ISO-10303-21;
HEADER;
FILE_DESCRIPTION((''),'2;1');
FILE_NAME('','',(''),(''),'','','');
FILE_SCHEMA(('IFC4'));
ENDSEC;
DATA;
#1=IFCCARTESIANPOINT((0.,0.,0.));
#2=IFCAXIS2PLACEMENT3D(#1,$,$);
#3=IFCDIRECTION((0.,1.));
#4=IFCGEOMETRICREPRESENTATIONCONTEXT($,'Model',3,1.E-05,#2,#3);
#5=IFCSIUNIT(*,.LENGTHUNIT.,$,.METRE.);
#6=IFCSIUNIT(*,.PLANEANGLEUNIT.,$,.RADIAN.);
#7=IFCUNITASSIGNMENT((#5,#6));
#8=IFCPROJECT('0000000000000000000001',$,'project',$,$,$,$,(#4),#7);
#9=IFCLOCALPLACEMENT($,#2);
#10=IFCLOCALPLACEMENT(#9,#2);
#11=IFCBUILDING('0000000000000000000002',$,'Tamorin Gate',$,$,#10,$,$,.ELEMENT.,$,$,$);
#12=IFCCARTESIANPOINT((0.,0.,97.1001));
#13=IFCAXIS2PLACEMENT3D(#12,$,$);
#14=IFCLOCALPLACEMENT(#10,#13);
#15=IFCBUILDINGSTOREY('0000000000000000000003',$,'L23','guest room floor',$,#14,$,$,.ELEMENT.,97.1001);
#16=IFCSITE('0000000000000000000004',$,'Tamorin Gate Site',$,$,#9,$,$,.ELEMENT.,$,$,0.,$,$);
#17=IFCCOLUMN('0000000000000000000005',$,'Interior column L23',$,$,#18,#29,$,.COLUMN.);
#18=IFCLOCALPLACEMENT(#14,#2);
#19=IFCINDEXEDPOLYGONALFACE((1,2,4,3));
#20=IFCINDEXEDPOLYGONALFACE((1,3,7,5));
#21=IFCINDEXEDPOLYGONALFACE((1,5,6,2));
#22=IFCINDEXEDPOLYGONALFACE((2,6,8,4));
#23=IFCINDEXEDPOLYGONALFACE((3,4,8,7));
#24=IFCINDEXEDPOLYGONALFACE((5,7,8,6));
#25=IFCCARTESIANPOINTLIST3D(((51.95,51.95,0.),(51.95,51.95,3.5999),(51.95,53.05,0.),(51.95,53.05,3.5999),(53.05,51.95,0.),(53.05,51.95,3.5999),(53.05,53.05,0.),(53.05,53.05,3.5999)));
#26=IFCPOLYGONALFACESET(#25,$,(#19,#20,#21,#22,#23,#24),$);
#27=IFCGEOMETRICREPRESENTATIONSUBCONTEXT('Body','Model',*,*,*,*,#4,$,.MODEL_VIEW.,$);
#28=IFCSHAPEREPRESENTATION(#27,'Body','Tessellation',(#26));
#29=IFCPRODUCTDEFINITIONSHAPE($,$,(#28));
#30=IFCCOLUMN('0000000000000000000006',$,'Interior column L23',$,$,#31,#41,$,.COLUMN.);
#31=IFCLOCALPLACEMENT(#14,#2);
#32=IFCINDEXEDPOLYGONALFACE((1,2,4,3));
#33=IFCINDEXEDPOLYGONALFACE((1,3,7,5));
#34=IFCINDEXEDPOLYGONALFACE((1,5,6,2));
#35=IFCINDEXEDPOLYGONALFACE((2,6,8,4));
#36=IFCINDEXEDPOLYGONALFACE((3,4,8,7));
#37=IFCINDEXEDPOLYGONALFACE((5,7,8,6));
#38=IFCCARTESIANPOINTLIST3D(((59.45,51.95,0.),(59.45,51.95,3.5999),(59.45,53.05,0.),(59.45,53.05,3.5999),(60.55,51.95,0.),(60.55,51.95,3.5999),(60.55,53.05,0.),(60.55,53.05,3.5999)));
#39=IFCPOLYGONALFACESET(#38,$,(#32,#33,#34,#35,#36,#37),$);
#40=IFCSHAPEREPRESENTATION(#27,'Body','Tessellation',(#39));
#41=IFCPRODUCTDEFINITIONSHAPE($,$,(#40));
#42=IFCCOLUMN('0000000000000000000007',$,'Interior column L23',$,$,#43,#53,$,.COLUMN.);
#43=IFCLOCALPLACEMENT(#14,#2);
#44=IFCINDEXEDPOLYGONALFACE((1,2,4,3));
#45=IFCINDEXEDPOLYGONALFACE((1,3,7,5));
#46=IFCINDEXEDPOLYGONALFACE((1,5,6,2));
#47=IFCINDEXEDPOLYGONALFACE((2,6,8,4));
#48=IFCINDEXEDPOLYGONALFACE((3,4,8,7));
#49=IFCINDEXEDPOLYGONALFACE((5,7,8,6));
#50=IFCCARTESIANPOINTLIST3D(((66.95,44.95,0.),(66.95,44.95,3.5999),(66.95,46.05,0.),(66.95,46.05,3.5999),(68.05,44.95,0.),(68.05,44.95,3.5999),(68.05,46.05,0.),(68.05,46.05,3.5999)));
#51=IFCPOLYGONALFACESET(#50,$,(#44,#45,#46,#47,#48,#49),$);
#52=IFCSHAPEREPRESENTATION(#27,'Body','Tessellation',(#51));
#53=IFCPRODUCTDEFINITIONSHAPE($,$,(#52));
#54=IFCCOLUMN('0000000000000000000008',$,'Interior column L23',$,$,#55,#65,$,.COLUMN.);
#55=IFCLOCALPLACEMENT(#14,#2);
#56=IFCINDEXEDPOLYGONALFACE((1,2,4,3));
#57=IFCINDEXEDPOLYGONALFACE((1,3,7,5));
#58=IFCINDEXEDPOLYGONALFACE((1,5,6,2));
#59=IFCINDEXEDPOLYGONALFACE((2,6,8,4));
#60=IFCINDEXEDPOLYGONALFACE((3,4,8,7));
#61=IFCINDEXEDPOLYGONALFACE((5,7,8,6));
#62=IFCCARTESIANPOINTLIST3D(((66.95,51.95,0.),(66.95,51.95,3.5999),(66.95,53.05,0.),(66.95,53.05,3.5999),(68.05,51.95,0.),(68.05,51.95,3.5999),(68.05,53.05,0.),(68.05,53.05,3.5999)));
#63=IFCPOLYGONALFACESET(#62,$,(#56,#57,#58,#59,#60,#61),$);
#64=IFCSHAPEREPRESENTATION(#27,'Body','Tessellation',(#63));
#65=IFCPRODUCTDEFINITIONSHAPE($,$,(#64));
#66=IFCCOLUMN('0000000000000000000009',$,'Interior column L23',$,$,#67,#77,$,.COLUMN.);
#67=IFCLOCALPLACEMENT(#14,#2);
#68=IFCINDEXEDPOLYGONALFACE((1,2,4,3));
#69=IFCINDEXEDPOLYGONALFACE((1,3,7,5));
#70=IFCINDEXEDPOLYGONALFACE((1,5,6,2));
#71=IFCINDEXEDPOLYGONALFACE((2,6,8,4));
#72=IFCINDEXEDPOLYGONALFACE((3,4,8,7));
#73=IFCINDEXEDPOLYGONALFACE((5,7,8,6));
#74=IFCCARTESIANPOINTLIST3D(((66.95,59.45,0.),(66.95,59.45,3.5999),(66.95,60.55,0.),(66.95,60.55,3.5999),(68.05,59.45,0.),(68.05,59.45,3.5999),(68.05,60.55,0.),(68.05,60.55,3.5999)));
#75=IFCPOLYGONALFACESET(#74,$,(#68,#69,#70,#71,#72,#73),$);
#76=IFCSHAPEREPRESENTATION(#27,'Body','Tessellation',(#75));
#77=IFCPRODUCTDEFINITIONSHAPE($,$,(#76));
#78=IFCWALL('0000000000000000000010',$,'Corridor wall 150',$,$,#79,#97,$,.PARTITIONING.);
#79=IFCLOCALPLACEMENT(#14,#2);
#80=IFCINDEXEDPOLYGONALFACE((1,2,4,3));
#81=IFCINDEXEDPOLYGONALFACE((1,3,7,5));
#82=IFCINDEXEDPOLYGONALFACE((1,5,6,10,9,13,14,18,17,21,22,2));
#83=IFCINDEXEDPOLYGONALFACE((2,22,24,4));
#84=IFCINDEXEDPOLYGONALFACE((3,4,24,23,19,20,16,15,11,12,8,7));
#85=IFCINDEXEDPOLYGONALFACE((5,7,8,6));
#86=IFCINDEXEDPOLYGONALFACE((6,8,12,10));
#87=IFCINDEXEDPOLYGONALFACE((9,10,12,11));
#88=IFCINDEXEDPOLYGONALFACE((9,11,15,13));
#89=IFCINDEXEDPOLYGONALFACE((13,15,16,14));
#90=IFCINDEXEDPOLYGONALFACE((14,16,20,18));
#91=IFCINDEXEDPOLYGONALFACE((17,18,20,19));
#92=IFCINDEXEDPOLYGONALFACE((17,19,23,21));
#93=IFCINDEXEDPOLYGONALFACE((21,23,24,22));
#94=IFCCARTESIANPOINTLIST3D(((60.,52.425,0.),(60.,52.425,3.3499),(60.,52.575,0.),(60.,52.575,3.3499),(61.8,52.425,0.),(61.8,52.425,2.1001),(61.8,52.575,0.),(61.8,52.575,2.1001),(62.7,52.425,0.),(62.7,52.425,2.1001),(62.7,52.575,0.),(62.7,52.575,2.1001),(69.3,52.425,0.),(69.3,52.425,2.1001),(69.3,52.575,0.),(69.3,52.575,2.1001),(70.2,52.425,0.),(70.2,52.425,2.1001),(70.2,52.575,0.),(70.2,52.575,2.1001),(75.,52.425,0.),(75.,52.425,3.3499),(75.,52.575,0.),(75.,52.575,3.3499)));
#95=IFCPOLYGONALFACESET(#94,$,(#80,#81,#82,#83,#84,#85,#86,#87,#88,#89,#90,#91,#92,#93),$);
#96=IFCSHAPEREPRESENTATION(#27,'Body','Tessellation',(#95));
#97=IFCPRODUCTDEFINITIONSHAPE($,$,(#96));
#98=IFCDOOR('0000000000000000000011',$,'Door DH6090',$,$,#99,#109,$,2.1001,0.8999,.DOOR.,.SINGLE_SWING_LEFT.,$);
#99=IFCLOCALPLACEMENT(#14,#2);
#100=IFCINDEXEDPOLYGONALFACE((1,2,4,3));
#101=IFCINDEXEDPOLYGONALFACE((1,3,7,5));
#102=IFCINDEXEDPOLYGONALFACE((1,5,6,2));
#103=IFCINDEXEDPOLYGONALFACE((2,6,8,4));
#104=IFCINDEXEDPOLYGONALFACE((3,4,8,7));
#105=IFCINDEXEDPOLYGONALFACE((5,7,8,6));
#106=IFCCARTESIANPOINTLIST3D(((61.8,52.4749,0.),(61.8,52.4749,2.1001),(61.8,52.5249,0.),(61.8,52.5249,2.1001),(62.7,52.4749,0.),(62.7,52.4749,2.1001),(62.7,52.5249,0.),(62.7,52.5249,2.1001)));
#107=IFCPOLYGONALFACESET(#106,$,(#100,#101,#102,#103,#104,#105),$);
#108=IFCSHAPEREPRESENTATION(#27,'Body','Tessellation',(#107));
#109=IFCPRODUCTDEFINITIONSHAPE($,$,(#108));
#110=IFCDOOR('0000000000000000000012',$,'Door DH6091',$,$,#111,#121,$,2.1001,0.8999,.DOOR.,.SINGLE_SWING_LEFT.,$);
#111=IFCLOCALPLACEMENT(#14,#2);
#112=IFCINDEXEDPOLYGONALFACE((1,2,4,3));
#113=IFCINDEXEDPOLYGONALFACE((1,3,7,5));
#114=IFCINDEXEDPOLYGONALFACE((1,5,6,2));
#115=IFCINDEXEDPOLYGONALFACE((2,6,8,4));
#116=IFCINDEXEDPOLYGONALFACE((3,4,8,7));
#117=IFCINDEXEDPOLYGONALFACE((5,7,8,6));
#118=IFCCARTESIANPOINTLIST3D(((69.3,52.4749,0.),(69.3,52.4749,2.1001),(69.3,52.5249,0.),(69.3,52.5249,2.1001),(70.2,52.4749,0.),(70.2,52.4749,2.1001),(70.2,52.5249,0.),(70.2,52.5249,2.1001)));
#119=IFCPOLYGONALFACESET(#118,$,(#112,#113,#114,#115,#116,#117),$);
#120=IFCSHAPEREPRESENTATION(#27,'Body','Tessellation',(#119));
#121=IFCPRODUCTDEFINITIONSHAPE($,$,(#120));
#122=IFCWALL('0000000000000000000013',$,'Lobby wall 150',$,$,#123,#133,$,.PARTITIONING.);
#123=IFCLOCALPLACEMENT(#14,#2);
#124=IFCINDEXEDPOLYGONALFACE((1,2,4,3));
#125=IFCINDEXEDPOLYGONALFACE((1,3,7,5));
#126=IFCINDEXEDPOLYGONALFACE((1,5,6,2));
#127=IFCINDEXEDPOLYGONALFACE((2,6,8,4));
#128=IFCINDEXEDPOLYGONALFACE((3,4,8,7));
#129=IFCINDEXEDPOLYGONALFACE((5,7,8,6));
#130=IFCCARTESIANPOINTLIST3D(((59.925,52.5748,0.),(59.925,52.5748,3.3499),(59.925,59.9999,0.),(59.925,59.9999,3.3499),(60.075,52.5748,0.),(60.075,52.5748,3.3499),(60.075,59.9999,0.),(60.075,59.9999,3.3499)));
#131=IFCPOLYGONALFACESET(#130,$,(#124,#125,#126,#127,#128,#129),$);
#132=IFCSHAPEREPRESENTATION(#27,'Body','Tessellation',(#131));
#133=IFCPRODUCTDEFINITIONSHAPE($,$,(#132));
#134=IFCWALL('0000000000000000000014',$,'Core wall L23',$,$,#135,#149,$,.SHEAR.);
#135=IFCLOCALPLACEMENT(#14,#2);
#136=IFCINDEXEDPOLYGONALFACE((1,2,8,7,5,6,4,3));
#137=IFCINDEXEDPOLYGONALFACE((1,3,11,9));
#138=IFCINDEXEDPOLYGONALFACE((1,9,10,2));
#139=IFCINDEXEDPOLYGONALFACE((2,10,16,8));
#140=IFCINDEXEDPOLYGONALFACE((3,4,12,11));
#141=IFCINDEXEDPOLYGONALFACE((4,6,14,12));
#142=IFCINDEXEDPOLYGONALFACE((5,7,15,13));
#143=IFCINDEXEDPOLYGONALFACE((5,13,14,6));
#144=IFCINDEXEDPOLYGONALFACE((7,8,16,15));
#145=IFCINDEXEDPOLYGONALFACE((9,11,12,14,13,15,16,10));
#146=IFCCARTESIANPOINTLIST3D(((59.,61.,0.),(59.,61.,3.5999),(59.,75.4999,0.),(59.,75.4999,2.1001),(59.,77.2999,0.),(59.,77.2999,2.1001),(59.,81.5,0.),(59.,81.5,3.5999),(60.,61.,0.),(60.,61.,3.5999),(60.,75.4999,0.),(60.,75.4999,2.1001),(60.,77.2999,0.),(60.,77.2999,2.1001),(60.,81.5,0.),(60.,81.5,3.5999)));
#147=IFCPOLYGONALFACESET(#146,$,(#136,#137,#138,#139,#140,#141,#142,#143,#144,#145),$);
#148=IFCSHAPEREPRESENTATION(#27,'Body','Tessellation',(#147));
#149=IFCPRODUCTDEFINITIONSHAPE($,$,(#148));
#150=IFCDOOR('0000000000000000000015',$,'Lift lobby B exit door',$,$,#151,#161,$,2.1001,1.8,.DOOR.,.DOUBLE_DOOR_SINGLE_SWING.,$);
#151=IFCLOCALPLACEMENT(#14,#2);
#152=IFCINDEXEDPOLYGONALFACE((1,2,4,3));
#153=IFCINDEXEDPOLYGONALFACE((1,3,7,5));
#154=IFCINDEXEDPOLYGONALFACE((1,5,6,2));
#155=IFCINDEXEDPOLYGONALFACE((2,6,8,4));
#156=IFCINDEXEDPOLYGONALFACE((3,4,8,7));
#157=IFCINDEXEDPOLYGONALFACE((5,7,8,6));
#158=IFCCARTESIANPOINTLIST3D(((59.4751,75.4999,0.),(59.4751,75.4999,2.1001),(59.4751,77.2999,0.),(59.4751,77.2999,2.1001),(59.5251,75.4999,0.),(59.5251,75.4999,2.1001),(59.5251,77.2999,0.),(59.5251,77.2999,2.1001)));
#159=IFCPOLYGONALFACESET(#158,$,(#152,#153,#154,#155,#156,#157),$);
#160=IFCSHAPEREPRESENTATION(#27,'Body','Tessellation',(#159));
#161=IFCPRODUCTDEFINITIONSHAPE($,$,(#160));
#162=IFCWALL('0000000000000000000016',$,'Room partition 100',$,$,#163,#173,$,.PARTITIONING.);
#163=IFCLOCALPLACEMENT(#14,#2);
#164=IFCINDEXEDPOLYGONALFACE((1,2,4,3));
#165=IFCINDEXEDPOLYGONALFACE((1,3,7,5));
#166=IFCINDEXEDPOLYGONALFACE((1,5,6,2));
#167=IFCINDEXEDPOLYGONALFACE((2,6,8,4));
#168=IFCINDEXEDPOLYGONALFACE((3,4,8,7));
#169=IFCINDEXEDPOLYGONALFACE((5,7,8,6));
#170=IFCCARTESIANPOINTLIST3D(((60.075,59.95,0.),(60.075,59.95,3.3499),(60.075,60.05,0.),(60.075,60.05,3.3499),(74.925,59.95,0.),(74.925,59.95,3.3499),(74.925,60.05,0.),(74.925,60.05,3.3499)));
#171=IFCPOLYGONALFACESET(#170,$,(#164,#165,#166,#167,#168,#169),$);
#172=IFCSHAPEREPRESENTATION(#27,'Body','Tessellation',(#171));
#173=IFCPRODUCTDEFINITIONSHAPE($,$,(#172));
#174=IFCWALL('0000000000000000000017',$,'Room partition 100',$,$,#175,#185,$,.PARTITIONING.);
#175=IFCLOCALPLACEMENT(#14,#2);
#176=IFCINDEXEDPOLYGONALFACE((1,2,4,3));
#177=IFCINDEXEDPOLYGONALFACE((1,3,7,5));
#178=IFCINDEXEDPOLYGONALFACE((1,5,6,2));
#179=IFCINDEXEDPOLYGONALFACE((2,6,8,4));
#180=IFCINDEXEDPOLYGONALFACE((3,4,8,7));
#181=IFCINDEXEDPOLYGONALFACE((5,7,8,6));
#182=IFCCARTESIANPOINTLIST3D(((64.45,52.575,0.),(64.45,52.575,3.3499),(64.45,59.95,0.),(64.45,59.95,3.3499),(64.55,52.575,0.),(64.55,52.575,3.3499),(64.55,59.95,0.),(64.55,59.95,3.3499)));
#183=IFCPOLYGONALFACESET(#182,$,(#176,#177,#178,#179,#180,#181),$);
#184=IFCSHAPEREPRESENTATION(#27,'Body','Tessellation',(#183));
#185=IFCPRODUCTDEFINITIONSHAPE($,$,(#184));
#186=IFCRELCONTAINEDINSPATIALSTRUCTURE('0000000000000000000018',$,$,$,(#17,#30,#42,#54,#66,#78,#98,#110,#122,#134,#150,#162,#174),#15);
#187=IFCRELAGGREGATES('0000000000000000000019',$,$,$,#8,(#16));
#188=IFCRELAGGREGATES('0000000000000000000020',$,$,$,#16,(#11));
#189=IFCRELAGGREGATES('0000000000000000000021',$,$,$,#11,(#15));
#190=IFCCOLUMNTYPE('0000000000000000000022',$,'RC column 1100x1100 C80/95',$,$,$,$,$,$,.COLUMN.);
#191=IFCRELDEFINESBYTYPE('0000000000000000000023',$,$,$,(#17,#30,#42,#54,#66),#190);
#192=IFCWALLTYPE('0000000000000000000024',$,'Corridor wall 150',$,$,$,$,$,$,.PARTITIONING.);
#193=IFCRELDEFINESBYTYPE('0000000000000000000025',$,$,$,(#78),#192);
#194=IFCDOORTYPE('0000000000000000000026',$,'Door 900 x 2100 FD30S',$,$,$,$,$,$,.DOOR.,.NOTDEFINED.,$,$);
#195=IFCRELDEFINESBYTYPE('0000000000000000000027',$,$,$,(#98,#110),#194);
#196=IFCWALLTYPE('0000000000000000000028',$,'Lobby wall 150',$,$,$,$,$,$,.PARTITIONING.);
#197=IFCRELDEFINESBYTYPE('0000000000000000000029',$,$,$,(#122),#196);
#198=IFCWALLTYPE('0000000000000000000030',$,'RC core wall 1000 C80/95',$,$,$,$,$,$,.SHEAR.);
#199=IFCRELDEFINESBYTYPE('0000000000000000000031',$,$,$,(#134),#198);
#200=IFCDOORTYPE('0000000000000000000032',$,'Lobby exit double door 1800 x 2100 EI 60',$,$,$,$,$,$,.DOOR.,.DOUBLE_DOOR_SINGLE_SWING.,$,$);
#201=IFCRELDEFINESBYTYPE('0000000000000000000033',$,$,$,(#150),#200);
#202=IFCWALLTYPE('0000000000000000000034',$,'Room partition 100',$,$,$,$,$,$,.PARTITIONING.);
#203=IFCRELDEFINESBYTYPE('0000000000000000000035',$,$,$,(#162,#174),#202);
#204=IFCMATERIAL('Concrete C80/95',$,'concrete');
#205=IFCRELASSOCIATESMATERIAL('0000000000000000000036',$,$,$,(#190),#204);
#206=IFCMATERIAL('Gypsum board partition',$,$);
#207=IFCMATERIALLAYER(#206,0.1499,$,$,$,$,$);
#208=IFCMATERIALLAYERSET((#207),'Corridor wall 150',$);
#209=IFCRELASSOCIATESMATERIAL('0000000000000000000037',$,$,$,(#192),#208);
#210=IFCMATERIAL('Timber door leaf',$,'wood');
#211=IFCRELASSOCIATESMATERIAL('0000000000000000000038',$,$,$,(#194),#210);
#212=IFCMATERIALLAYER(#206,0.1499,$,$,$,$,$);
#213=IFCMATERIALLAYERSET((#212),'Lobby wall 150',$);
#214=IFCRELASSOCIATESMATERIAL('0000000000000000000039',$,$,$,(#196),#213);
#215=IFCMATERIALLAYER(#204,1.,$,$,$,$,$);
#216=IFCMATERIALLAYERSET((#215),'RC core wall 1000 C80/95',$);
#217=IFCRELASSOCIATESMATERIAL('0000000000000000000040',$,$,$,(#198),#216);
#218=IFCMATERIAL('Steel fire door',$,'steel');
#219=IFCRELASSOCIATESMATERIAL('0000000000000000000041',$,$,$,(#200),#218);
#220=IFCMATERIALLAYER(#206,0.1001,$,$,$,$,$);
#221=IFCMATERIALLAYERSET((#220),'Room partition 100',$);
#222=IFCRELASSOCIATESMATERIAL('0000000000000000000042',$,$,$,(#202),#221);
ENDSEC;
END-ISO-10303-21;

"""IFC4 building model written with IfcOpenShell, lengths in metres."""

from ifc_helpers import new_model, si_unit, direction, frame, frame_2d, origin, origin_2d, place, context, subcontext, project, spatial, rectangle, extrude, material, layer, layer_set, material_profile, profile_set, type_object, element, fill, save


model = new_model("IFC4")

# Units and contexts
model_context = context("Model", 3, precision=1e-05, world=origin(), true_north=direction((0.0, 1.0)))
body_context = subcontext(model_context, "Body", "Model", "MODEL_VIEW")
ifc_project = project(units=[si_unit("LENGTHUNIT", "METRE"), si_unit("PLANEANGLEUNIT", "RADIAN")], contexts=[model_context])

# Site, building, storey
site_placement = place(None, origin())
site = spatial("IfcSite", under=ifc_project, at=site_placement, Name="Tamorin Gate Site", CompositionType="ELEMENT", RefElevation=0.0)
building_placement = place(site_placement, origin())
building = spatial("IfcBuilding", under=site, at=building_placement, Name="Tamorin Gate", CompositionType="ELEMENT")
storey_placement = place(building_placement, frame((0.0, 0.0, 97.1001)))
storey = spatial("IfcBuildingStorey", under=building, at=storey_placement, Name="L23", Description="guest room floor", CompositionType="ELEMENT", Elevation=97.1001)

# Columns
ifc_material_1 = material(Name="Concrete C80/95", Category="concrete")
ifc_material_profile = material_profile(ifc_material_1, rectangle(XDim=1.1001, YDim=1.1001, at=origin_2d()), Name="RC 1100x1100")
ifc_profile_set = profile_set([ifc_material_profile], Name="Concrete C80/95")
column_type = type_object("IfcColumnType", Name="RC column 1100x1100 C80/95", PredefinedType="COLUMN", material=ifc_profile_set)
for number, where, z_axis, x_axis, name in (
    (1, (52.5, 52.5, 0.0), (0.0, 0.0, 1.0), (1.0, 0.0, 0.0), "Interior column L23"),
    (2, (60.0, 52.5, 0.0), (0.0, 0.0, 1.0), (1.0, 0.0, 0.0), "Interior column L23"),
    (3, (67.5, 45.5, 0.0), (0.0, 0.0, 1.0), (1.0, 0.0, 0.0), "Interior column L23"),
    (4, (67.5, 52.5, 0.0), (0.0, 0.0, 1.0), (1.0, 0.0, 0.0), "Interior column L23"),
    (5, (67.5, 60.0, 0.0), (0.0, 0.0, 1.0), (1.0, 0.0, 0.0), "Interior column L23"),
):
    element("IfcColumn", number, at=place(storey_placement, frame(where, z_axis=z_axis, x_axis=x_axis)), inside=storey, type_object=column_type, Name=name, PredefinedType="COLUMN", context=body_context, shape_type="SweptSolid", body=[
        extrude(rectangle(XDim=1.1001, YDim=1.1001, at=origin_2d()), origin(), (0.0, 0.0, 1.0), 3.5999),
    ])

# Wall, openings, doors
ifc_material_2 = material(Name="Gypsum board partition")
ifc_layer_1 = layer(ifc_material_2, 0.1499)
ifc_layer_set_1 = layer_set([ifc_layer_1], Name="Corridor wall 150")
wall_type_1 = type_object("IfcWallType", Name="Corridor wall 150", PredefinedType="PARTITIONING", material=ifc_layer_set_1)
wall_1_placement = place(storey_placement, frame((60.0, 52.5, 0.0), z_axis=(0.0, 0.0, 1.0), x_axis=(1.0, 0.0, 0.0)))
wall_1 = element("IfcWall", 6, at=wall_1_placement, inside=storey, type_object=wall_type_1, Name="Corridor wall 150", PredefinedType="PARTITIONING", context=body_context, shape_type="SweptSolid", body=[
    extrude(rectangle(XDim=15.0, YDim=0.1499, at=frame_2d((7.5, 0.0))), origin(), (0.0, 0.0, 1.0), 3.3499),
])
opening_1_placement = place(wall_1_placement, frame((1.8, 0.0, 0.0)))
opening_1 = element("IfcOpeningElement", 7, at=opening_1_placement, cuts=wall_1, PredefinedType="OPENING", context=body_context, shape_type="SweptSolid", body=[
    extrude(rectangle(XDim=0.8999, YDim=2.1001, at=frame_2d((0.45, 1.05))), frame((0.0, 0.085, 0.0), z_axis=(0.0, -1.0, 0.0), x_axis=(1.0, 0.0, 0.0)), (0.0, 0.0, 1.0), 0.1699),
])
opening_2_placement = place(wall_1_placement, frame((9.3, 0.0, 0.0)))
opening_2 = element("IfcOpeningElement", 8, at=opening_2_placement, cuts=wall_1, PredefinedType="OPENING", context=body_context, shape_type="SweptSolid", body=[
    extrude(rectangle(XDim=0.8999, YDim=2.1001, at=frame_2d((0.45, 1.05))), frame((0.0, 0.085, 0.0), z_axis=(0.0, -1.0, 0.0), x_axis=(1.0, 0.0, 0.0)), (0.0, 0.0, 1.0), 0.1699),
])
ifc_material_3 = material(Name="Timber door leaf", Category="wood")
door_type_1 = type_object("IfcDoorType", Name="Door 900 x 2100 FD30S", OperationType="NOTDEFINED", PredefinedType="DOOR", material=ifc_material_3)
door_1_placement = place(opening_1_placement, origin())
door_1 = element("IfcDoor", 9, at=door_1_placement, inside=storey, type_object=door_type_1, Name="Door DH6090", OperationType="SINGLE_SWING_LEFT", OverallHeight=2.1001, OverallWidth=0.8999, PredefinedType="DOOR", context=body_context, shape_type="SweptSolid", body=[
    extrude(rectangle(XDim=0.8999, YDim=2.1001, at=frame_2d((0.45, 1.05))), frame((0.0, 0.0249, 0.0), z_axis=(0.0, -1.0, 0.0), x_axis=(1.0, 0.0, 0.0)), (0.0, 0.0, 1.0), 0.05),
])
fill(opening_1, door_1)
door_2_placement = place(opening_2_placement, origin())
door_2 = element("IfcDoor", 10, at=door_2_placement, inside=storey, type_object=door_type_1, Name="Door DH6091", OperationType="SINGLE_SWING_LEFT", OverallHeight=2.1001, OverallWidth=0.8999, PredefinedType="DOOR", context=body_context, shape_type="SweptSolid", body=[
    extrude(rectangle(XDim=0.8999, YDim=2.1001, at=frame_2d((0.45, 1.05))), frame((0.0, 0.0249, 0.0), z_axis=(0.0, -1.0, 0.0), x_axis=(1.0, 0.0, 0.0)), (0.0, 0.0, 1.0), 0.05),
])
fill(opening_2, door_2)

# Wall
ifc_layer_2 = layer(ifc_material_2, 0.1499)
ifc_layer_set_2 = layer_set([ifc_layer_2], Name="Lobby wall 150")
wall_type_2 = type_object("IfcWallType", Name="Lobby wall 150", PredefinedType="PARTITIONING", material=ifc_layer_set_2)
wall_2_placement = place(storey_placement, frame((60.0, 52.575, 0.0), z_axis=(0.0, 0.0, 1.0), x_axis=(0.0, 1.0, 0.0)))
element("IfcWall", 11, at=wall_2_placement, inside=storey, type_object=wall_type_2, Name="Lobby wall 150", PredefinedType="PARTITIONING", context=body_context, shape_type="SweptSolid", body=[
    extrude(rectangle(XDim=7.425, YDim=0.1499, at=frame_2d((3.7124, 0.0))), origin(), (0.0, 0.0, 1.0), 3.3499),
])

# Wall, opening, door
ifc_layer_3 = layer(ifc_material_1, 1.0)
ifc_layer_set_3 = layer_set([ifc_layer_3], Name="RC core wall 1000 C80/95")
wall_type_3 = type_object("IfcWallType", Name="RC core wall 1000 C80/95", PredefinedType="SHEAR", material=ifc_layer_set_3)
wall_3_placement = place(storey_placement, frame((59.5, 61.0, 0.0), z_axis=(0.0, 0.0, 1.0), x_axis=(0.0, 1.0, 0.0)))
wall_3 = element("IfcWall", 12, at=wall_3_placement, inside=storey, type_object=wall_type_3, Name="Core wall L23", PredefinedType="SHEAR", context=body_context, shape_type="SweptSolid", body=[
    extrude(rectangle(XDim=20.5, YDim=1.0, at=frame_2d((10.25, 0.0))), origin(), (0.0, 0.0, 1.0), 3.5999),
])
opening_3_placement = place(wall_3_placement, frame((14.5, 0.0, 0.0)))
opening_3 = element("IfcOpeningElement", 13, at=opening_3_placement, cuts=wall_3, PredefinedType="OPENING", context=body_context, shape_type="SweptSolid", body=[
    extrude(rectangle(XDim=1.8, YDim=2.1001, at=frame_2d((0.8999, 1.05))), frame((0.0, 0.51, 0.0), z_axis=(0.0, -1.0, 0.0), x_axis=(1.0, 0.0, 0.0)), (0.0, 0.0, 1.0), 1.02),
])
ifc_material_4 = material(Name="Steel fire door", Category="steel")
door_type_2 = type_object("IfcDoorType", Name="Lobby exit double door 1800 x 2100 EI 60", OperationType="DOUBLE_DOOR_SINGLE_SWING", PredefinedType="DOOR", material=ifc_material_4)
door_3_placement = place(opening_3_placement, origin())
door_3 = element("IfcDoor", 14, at=door_3_placement, inside=storey, type_object=door_type_2, Name="Lift lobby B exit door", OperationType="DOUBLE_DOOR_SINGLE_SWING", OverallHeight=2.1001, OverallWidth=1.8, PredefinedType="DOOR", context=body_context, shape_type="SweptSolid", body=[
    extrude(rectangle(XDim=1.8, YDim=2.1001, at=frame_2d((0.8999, 1.05))), frame((0.0, 0.0249, 0.0), z_axis=(0.0, -1.0, 0.0), x_axis=(1.0, 0.0, 0.0)), (0.0, 0.0, 1.0), 0.05),
])
fill(opening_3, door_3)

# Walls
ifc_layer_4 = layer(ifc_material_2, 0.1001)
ifc_layer_set_4 = layer_set([ifc_layer_4], Name="Room partition 100")
wall_type_4 = type_object("IfcWallType", Name="Room partition 100", PredefinedType="PARTITIONING", material=ifc_layer_set_4)
wall_4_placement = place(storey_placement, frame((60.075, 60.0, 0.0), z_axis=(0.0, 0.0, 1.0), x_axis=(1.0, 0.0, 0.0)))
element("IfcWall", 15, at=wall_4_placement, inside=storey, type_object=wall_type_4, Name="Room partition 100", PredefinedType="PARTITIONING", context=body_context, shape_type="SweptSolid", body=[
    extrude(rectangle(XDim=14.8501, YDim=0.1001, at=frame_2d((7.425, 0.0))), origin(), (0.0, 0.0, 1.0), 3.3499),
])
wall_5_placement = place(storey_placement, frame((64.5, 52.575, 0.0), z_axis=(0.0, 0.0, 1.0), x_axis=(0.0, 1.0, 0.0)))
element("IfcWall", 16, at=wall_5_placement, inside=storey, type_object=wall_type_4, Name="Room partition 100", PredefinedType="PARTITIONING", context=body_context, shape_type="SweptSolid", body=[
    extrude(rectangle(XDim=7.375, YDim=0.1001, at=frame_2d((3.6875, 0.0))), origin(), (0.0, 0.0, 1.0), 3.3499),
])

save(model, "model.ifc")
